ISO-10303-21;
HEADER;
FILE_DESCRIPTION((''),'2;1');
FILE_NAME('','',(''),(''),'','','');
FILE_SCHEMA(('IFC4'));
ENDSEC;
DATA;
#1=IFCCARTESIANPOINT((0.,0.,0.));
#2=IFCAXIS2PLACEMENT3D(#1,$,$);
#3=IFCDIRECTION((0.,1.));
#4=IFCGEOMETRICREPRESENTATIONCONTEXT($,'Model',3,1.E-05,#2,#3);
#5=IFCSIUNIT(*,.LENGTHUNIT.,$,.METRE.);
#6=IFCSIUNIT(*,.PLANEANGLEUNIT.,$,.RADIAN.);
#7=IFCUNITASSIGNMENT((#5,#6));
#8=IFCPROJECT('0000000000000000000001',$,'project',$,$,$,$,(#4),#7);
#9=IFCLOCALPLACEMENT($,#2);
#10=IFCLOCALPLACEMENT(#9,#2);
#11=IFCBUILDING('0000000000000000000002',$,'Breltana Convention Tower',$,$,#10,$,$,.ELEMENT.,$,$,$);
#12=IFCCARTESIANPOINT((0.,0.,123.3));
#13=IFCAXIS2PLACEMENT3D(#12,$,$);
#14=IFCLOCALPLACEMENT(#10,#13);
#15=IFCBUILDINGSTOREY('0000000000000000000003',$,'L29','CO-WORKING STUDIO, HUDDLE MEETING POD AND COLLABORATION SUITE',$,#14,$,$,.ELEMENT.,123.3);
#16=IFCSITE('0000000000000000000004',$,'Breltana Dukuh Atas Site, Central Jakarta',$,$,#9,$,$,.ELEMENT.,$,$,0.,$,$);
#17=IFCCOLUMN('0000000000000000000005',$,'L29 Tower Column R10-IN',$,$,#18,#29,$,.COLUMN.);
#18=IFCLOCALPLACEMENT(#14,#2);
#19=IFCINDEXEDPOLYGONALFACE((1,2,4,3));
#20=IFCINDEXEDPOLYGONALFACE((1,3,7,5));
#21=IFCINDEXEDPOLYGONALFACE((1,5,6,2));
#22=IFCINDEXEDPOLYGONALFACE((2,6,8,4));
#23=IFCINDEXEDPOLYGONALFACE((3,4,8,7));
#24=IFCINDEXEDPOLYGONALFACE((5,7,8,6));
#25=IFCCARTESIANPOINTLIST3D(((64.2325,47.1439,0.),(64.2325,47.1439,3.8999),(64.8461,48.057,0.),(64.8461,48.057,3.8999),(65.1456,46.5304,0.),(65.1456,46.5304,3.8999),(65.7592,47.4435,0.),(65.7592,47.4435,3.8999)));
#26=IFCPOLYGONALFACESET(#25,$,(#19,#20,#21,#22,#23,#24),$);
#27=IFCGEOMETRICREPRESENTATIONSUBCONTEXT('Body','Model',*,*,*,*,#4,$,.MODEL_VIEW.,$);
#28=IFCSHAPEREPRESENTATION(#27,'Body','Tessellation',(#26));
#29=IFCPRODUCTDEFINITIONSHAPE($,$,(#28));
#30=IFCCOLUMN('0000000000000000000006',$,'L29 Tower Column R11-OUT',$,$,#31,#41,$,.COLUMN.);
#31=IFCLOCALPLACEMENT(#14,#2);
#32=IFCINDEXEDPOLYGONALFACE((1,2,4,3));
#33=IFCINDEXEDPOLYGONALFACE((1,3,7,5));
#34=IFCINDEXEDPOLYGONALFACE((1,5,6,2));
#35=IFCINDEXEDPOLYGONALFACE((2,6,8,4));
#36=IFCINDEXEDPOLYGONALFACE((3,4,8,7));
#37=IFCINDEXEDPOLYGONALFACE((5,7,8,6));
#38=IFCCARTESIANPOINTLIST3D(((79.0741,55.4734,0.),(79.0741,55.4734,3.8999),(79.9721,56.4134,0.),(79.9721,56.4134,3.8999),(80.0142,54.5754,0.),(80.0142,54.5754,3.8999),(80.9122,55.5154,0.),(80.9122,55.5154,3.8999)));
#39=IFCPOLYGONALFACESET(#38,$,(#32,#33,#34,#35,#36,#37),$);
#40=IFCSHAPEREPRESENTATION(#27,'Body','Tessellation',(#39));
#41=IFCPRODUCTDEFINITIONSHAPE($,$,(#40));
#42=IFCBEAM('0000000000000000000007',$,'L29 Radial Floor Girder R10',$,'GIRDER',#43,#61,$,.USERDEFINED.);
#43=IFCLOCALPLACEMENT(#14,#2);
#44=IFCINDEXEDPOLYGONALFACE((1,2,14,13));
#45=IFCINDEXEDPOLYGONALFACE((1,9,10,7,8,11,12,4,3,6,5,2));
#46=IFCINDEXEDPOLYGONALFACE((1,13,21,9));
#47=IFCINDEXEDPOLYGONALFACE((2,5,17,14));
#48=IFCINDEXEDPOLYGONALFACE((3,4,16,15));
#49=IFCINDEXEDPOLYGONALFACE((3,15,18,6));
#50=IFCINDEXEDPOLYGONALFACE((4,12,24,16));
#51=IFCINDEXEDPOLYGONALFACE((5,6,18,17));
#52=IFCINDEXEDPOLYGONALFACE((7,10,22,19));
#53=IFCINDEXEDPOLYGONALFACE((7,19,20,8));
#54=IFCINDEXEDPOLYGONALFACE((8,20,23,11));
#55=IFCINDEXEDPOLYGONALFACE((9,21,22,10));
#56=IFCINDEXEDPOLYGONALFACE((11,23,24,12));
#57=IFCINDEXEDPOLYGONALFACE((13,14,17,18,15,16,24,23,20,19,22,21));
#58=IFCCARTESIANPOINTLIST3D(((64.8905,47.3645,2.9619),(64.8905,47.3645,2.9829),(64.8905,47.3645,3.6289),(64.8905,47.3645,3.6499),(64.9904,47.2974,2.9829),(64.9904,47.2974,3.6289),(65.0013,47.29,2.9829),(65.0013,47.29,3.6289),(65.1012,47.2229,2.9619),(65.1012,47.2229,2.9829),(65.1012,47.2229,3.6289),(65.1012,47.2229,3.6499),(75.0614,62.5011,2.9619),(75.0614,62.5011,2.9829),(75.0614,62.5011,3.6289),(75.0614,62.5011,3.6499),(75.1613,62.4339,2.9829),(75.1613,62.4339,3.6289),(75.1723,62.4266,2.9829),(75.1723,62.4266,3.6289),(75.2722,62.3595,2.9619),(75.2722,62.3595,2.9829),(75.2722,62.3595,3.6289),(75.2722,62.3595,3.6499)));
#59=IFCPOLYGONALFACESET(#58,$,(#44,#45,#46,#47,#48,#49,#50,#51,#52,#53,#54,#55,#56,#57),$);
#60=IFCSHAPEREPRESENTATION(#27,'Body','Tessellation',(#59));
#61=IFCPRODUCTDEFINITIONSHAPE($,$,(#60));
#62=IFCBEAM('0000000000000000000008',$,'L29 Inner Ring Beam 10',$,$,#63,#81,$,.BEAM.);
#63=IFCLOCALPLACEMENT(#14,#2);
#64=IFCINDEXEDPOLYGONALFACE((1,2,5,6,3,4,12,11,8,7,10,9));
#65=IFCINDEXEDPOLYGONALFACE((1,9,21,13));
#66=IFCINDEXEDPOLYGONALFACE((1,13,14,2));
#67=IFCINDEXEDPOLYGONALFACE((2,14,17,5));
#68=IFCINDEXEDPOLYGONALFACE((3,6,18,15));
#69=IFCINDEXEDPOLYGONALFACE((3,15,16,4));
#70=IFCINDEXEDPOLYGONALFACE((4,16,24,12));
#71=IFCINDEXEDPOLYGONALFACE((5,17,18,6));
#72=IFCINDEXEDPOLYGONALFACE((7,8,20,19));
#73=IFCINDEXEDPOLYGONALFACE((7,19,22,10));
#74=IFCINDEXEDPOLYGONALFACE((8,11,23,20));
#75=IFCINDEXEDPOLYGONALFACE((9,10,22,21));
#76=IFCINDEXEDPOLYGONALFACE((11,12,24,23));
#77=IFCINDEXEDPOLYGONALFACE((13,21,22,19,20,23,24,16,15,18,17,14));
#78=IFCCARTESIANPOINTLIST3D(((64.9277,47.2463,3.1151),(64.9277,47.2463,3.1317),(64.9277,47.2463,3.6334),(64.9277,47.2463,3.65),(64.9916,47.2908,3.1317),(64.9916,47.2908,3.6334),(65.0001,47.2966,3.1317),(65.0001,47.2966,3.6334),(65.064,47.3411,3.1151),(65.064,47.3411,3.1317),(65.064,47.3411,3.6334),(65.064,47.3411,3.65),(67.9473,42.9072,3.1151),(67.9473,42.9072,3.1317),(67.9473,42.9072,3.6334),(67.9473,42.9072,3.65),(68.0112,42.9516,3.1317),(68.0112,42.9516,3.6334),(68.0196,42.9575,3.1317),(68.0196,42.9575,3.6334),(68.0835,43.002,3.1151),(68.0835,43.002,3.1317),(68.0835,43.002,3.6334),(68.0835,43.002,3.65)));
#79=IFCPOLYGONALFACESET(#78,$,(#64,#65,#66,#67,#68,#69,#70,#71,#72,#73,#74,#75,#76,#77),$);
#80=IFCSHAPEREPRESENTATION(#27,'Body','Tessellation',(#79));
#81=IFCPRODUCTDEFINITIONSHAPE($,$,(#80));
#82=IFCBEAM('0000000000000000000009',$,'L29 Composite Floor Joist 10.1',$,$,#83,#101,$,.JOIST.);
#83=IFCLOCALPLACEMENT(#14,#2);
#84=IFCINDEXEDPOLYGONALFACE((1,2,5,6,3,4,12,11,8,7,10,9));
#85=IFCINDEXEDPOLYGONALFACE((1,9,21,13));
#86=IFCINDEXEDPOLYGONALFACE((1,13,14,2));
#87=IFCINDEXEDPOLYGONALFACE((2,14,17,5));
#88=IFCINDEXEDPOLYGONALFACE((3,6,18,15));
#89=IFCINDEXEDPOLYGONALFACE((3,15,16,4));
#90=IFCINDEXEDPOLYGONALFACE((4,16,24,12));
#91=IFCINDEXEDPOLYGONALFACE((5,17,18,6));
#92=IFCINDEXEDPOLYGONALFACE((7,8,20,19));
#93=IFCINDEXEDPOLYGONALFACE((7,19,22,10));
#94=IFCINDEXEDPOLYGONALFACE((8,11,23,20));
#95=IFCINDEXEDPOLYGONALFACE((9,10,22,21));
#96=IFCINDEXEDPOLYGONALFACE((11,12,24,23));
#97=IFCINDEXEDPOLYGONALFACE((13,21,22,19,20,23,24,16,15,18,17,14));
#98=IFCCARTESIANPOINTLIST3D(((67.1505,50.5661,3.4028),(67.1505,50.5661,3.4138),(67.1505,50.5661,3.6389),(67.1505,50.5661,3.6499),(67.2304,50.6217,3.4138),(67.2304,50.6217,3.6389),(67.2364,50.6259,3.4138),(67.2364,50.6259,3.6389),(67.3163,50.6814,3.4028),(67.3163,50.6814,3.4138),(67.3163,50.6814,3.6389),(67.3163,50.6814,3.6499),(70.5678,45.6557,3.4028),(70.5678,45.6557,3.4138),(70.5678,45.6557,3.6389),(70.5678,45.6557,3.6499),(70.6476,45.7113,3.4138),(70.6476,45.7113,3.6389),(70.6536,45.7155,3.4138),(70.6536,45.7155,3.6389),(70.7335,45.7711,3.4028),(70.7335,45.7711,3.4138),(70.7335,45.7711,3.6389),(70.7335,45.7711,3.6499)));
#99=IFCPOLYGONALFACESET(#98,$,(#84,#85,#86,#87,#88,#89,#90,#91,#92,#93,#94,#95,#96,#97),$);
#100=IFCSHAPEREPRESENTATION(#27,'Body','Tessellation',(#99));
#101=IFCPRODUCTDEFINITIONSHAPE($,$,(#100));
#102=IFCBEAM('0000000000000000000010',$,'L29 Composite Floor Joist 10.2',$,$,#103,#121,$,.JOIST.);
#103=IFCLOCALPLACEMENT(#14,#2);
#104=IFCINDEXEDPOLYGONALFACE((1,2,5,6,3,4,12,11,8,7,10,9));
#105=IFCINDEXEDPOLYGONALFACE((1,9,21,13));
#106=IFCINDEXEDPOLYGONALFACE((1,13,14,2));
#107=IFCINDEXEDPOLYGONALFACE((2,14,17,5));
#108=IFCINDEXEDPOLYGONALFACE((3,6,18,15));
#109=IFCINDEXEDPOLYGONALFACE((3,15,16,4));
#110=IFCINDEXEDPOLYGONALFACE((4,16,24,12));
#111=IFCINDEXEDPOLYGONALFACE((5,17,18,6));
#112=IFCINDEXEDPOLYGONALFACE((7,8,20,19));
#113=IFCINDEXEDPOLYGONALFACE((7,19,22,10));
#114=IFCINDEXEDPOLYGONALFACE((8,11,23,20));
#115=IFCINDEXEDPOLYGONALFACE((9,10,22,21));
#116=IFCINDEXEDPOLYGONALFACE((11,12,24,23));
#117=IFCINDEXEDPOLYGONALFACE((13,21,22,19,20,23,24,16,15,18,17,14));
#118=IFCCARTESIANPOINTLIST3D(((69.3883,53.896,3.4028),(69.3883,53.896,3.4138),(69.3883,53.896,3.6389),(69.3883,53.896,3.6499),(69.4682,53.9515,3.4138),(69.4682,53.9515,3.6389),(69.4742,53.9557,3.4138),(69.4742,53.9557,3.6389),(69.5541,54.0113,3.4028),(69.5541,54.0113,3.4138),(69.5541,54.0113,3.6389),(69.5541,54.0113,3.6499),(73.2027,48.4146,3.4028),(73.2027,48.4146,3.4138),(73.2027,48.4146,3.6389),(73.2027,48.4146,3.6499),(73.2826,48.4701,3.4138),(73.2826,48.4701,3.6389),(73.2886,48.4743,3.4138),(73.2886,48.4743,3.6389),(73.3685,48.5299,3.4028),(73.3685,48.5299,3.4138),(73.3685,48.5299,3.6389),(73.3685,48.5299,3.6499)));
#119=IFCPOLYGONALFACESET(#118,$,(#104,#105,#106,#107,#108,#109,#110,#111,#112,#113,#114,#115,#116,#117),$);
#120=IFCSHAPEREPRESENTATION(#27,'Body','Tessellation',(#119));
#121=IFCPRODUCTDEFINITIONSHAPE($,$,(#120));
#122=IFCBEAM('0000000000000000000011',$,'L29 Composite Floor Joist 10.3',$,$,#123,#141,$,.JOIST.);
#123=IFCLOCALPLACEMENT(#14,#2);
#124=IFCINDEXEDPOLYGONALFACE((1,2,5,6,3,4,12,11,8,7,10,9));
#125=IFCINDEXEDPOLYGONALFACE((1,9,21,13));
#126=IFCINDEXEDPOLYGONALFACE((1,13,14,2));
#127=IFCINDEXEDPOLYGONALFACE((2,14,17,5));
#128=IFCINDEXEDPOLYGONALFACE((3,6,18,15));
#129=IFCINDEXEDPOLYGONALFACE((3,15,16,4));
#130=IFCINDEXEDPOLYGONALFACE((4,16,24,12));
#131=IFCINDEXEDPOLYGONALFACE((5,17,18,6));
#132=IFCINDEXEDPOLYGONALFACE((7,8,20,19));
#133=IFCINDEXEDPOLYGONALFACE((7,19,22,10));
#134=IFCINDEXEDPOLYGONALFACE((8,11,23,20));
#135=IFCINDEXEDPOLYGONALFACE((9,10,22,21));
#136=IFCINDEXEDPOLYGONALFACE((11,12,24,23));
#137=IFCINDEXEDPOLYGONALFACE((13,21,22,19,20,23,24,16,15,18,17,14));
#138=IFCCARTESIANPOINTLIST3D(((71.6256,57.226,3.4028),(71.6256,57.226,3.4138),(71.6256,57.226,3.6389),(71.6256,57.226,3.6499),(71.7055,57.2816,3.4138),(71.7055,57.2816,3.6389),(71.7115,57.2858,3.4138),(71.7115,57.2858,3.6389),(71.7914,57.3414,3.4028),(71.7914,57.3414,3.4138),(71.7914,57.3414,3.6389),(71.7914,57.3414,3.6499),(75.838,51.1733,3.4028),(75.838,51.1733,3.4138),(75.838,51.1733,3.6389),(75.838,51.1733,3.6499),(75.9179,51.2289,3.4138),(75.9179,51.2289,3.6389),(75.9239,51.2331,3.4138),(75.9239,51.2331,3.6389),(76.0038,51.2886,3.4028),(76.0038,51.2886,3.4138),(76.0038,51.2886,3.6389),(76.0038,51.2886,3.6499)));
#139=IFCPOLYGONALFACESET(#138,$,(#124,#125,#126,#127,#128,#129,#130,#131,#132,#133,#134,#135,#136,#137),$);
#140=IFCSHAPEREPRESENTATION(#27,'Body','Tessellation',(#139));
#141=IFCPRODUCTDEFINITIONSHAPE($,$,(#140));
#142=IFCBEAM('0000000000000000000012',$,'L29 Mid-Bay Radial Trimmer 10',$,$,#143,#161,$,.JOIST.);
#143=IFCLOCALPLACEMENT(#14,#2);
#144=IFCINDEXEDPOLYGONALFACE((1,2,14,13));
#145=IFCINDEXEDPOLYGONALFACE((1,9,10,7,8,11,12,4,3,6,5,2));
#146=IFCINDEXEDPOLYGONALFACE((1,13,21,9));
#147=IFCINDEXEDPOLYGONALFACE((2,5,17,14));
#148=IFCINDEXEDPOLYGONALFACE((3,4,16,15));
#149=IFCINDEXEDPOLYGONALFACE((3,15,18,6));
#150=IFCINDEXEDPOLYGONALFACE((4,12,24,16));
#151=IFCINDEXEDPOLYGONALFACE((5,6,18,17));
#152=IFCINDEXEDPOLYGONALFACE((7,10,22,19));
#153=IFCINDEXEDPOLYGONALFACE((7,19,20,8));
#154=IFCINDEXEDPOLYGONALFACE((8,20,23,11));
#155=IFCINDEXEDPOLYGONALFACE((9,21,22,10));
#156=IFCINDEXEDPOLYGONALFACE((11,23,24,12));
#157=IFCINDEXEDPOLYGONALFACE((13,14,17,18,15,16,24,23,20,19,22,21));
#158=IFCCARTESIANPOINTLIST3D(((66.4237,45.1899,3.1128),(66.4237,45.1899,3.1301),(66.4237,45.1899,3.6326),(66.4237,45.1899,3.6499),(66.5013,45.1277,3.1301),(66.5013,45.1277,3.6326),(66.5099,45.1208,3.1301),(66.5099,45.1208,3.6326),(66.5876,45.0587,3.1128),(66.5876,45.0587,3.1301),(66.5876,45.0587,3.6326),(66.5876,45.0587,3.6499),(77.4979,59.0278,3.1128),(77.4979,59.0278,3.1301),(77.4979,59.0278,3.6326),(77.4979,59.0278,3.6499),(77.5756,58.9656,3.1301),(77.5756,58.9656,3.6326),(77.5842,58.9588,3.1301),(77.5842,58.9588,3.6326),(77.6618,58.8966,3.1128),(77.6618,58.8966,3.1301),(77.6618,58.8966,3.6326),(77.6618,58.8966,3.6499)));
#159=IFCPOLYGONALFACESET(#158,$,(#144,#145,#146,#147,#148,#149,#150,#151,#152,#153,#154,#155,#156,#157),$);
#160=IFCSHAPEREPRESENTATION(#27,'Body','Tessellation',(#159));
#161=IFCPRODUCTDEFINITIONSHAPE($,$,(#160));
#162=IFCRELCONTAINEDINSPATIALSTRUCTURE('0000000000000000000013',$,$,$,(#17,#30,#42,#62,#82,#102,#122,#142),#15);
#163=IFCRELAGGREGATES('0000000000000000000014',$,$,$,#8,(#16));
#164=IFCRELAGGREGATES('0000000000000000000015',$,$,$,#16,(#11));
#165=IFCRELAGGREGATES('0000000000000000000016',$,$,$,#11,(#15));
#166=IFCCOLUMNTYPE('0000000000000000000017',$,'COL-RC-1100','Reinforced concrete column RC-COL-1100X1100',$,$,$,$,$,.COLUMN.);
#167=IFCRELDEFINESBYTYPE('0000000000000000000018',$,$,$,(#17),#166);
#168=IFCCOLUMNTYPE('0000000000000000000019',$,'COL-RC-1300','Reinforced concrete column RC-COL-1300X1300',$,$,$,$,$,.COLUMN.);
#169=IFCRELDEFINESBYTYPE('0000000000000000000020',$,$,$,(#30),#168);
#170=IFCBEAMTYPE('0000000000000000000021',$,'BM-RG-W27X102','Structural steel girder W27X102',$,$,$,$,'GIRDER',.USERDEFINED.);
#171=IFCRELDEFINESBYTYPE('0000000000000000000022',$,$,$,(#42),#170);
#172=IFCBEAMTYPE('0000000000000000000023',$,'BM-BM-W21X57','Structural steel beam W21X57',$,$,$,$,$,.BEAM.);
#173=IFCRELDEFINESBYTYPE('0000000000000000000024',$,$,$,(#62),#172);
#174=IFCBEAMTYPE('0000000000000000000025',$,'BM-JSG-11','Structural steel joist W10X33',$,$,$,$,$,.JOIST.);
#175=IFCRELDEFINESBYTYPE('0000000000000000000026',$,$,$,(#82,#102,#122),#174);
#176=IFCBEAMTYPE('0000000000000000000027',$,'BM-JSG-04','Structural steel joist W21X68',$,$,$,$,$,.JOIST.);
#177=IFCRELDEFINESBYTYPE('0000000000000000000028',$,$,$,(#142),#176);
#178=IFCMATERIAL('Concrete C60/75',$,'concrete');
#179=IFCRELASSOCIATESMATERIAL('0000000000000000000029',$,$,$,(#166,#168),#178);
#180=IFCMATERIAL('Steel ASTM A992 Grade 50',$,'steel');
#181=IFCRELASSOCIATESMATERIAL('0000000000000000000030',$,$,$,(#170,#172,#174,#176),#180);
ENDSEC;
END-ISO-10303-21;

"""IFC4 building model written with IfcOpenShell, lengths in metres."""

from ifc_helpers import new_model, si_unit, direction, frame, origin, origin_2d, place, context, subcontext, project, spatial, rectangle, i_section, extrude, source, transform, mapped, material, material_profile, profile_set, type_object, element, save


model = new_model("IFC4")

# Units and contexts
model_context = context("Model", 3, precision=1e-05, world=origin(), true_north=direction((0.0, 1.0)))
body_context = subcontext(model_context, "Body", "Model", "MODEL_VIEW")
ifc_project = project(units=[si_unit("LENGTHUNIT", "METRE"), si_unit("PLANEANGLEUNIT", "RADIAN")], contexts=[model_context])

# Site, building, storey
site_placement = place(None, origin())
site = spatial("IfcSite", under=ifc_project, at=site_placement, Name="Breltana Dukuh Atas Site, Central Jakarta", CompositionType="ELEMENT", RefElevation=0.0)
building_placement = place(site_placement, origin())
building = spatial("IfcBuilding", under=site, at=building_placement, Name="Breltana Convention Tower", CompositionType="ELEMENT")
storey_placement = place(building_placement, frame((0.0, 0.0, 123.3)))
storey = spatial("IfcBuildingStorey", under=building, at=storey_placement, Name="L29", Description="CO-WORKING STUDIO, HUDDLE MEETING POD AND COLLABORATION SUITE", CompositionType="ELEMENT", Elevation=123.3)

# Columns
ifc_material_1 = material(Name="Concrete C60/75", Category="concrete")
ifc_material_profile_1 = material_profile(ifc_material_1, rectangle(XDim=1.1001, YDim=1.1001, at=origin_2d()), Name="RC-COL-1100X1100")
ifc_profile_set_1 = profile_set([ifc_material_profile_1], Name="Concrete C60/75")
column_type_1 = type_object("IfcColumnType", Name="COL-RC-1100", Description="Reinforced concrete column RC-COL-1100X1100", PredefinedType="COLUMN", material=ifc_profile_set_1)
shared_shape_1 = source(origin(), body_context, "Body", "SweptSolid", [
    extrude(rectangle(XDim=1.1001, YDim=1.1001, at=origin_2d()), origin(), (0.0, 0.0, 1.0), 3.8999),
])
column_1_placement = place(storey_placement, frame((64.9958, 47.2937, 0.0), z_axis=(0.0, 0.0, 1.0), x_axis=(0.557745, 0.830012, 0.0)))
element("IfcColumn", 1, at=column_1_placement, inside=storey, type_object=column_type_1, Name="L29 Tower Column R10-IN", PredefinedType="COLUMN", context=body_context, shape_type="MappedRepresentation", body=[
    mapped(shared_shape_1, transform((0.0, 0.0, 0.0), scale=1.0)),
])
ifc_material_profile_2 = material_profile(ifc_material_1, rectangle(XDim=1.3, YDim=1.3, at=origin_2d()), Name="RC-COL-1300X1300")
ifc_profile_set_2 = profile_set([ifc_material_profile_2], Name="Concrete C60/75")
column_type_2 = type_object("IfcColumnType", Name="COL-RC-1300", Description="Reinforced concrete column RC-COL-1300X1300", PredefinedType="COLUMN", material=ifc_profile_set_2)
shared_shape_2 = source(origin(), body_context, "Body", "SweptSolid", [
    extrude(rectangle(XDim=1.3, YDim=1.3, at=origin_2d()), origin(), (0.0, 0.0, 1.0), 3.8999),
])
column_2_placement = place(storey_placement, frame((79.9932, 55.4944, 0.0), z_axis=(0.0, 0.0, 1.0), x_axis=(0.690756, 0.723088, 0.0)))
element("IfcColumn", 2, at=column_2_placement, inside=storey, type_object=column_type_2, Name="L29 Tower Column R11-OUT", PredefinedType="COLUMN", context=body_context, shape_type="MappedRepresentation", body=[
    mapped(shared_shape_2, transform((0.0, 0.0, 0.0), scale=1.0)),
])

# Beams
ifc_material_2 = material(Name="Steel ASTM A992 Grade 50", Category="steel")
ifc_material_profile_3 = material_profile(ifc_material_2, i_section(OverallWidth=0.2539, OverallDepth=0.688, WebThickness=0.0132, FlangeThickness=0.021, at=origin_2d()), Name="W27X102")
ifc_profile_set_3 = profile_set([ifc_material_profile_3], Name="Steel ASTM A992 Grade 50")
beam_type_1 = type_object("IfcBeamType", Name="BM-RG-W27X102", Description="Structural steel girder W27X102", ElementType="GIRDER", PredefinedType="USERDEFINED", material=ifc_profile_set_3)
shared_shape_3 = source(origin(), body_context, "Body", "SweptSolid", [
    extrude(i_section(OverallWidth=0.2539, OverallDepth=0.688, WebThickness=0.0132, FlangeThickness=0.021, at=origin_2d()), origin(), (0.0, 0.0, 1.0), 18.2363),
])
beam_1_placement = place(storey_placement, frame((64.9958, 47.2937, 3.3059), z_axis=(0.55773, 0.830022, 0.0), x_axis=(-0.830022, 0.55773, 0.0)))
element("IfcBeam", 3, at=beam_1_placement, inside=storey, type_object=beam_type_1, Name="L29 Radial Floor Girder R10", ObjectType="GIRDER", PredefinedType="USERDEFINED", context=body_context, shape_type="MappedRepresentation", body=[
    mapped(shared_shape_3, transform((0.0, 0.0, 0.0), scale=1.0)),
])
ifc_material_profile_4 = material_profile(ifc_material_2, i_section(OverallWidth=0.166, OverallDepth=0.5349, WebThickness=0.0103, FlangeThickness=0.0166, at=origin_2d()), Name="W21X57")
ifc_profile_set_4 = profile_set([ifc_material_profile_4], Name="Steel ASTM A992 Grade 50")
beam_type_2 = type_object("IfcBeamType", Name="BM-BM-W21X57", Description="Structural steel beam W21X57", PredefinedType="BEAM", material=ifc_profile_set_4)
shared_shape_4 = source(origin(), body_context, "Body", "SweptSolid", [
    extrude(i_section(OverallWidth=0.166, OverallDepth=0.5349, WebThickness=0.0103, FlangeThickness=0.0166, at=origin_2d()), origin(), (0.0, 0.0, 1.0), 5.2864),
])
beam_2_placement = place(storey_placement, frame((64.9958, 47.2937, 3.3826), z_axis=(0.571194, -0.820815, 0.0), x_axis=(0.820815, 0.571194, 0.0)))
element("IfcBeam", 4, at=beam_2_placement, inside=storey, type_object=beam_type_2, Name="L29 Inner Ring Beam 10", PredefinedType="BEAM", context=body_context, shape_type="MappedRepresentation", body=[
    mapped(shared_shape_4, transform((0.0, 0.0, 0.0), scale=1.0)),
])
ifc_material_profile_5 = material_profile(ifc_material_2, i_section(OverallWidth=0.2019, OverallDepth=0.2471, WebThickness=0.0073, FlangeThickness=0.011, at=origin_2d()), Name="W10X33")
ifc_profile_set_5 = profile_set([ifc_material_profile_5], Name="Steel ASTM A992 Grade 50")
beam_type_3 = type_object("IfcBeamType", Name="BM-JSG-11", Description="Structural steel joist W10X33", PredefinedType="JOIST", material=ifc_profile_set_5)
shared_shape_5 = source(origin(), body_context, "Body", "SweptSolid", [
    extrude(i_section(OverallWidth=0.2019, OverallDepth=0.2471, WebThickness=0.0073, FlangeThickness=0.011, at=origin_2d()), origin(), (0.0, 0.0, 1.0), 5.9824),
])
beam_3_placement = place(storey_placement, frame((67.2334, 50.6238, 3.5264), z_axis=(0.571212, -0.820803, 0.0), x_axis=(0.820803, 0.571212, 0.0)))
element("IfcBeam", 5, at=beam_3_placement, inside=storey, type_object=beam_type_3, Name="L29 Composite Floor Joist 10.1", PredefinedType="JOIST", context=body_context, shape_type="MappedRepresentation", body=[
    mapped(shared_shape_5, transform((0.0, 0.0, 0.0), scale=1.0)),
])
shared_shape_6 = source(origin(), body_context, "Body", "SweptSolid", [
    extrude(i_section(OverallWidth=0.2019, OverallDepth=0.2471, WebThickness=0.0073, FlangeThickness=0.011, at=origin_2d()), origin(), (0.0, 0.0, 1.0), 6.678),
])
beam_4_placement = place(storey_placement, frame((69.4712, 53.9536, 3.5264), z_axis=(0.571193, -0.820816, 0.0), x_axis=(0.820816, 0.571193, 0.0)))
element("IfcBeam", 6, at=beam_4_placement, inside=storey, type_object=beam_type_3, Name="L29 Composite Floor Joist 10.2", PredefinedType="JOIST", context=body_context, shape_type="MappedRepresentation", body=[
    mapped(shared_shape_6, transform((0.0, 0.0, 0.0), scale=1.0)),
])
shared_shape_7 = source(origin(), body_context, "Body", "SweptSolid", [
    extrude(i_section(OverallWidth=0.2019, OverallDepth=0.2471, WebThickness=0.0073, FlangeThickness=0.011, at=origin_2d()), origin(), (0.0, 0.0, 1.0), 7.3743),
])
beam_5_placement = place(storey_placement, frame((71.7085, 57.2837, 3.5264), z_axis=(0.571229, -0.82079, 0.0), x_axis=(0.82079, 0.571229, 0.0)))
element("IfcBeam", 7, at=beam_5_placement, inside=storey, type_object=beam_type_3, Name="L29 Composite Floor Joist 10.3", PredefinedType="JOIST", context=body_context, shape_type="MappedRepresentation", body=[
    mapped(shared_shape_7, transform((0.0, 0.0, 0.0), scale=1.0)),
])
ifc_material_profile_6 = material_profile(ifc_material_2, i_section(OverallWidth=0.21, OverallDepth=0.5371, WebThickness=0.011, FlangeThickness=0.0173, at=origin_2d()), Name="W21X68")
ifc_profile_set_6 = profile_set([ifc_material_profile_6], Name="Steel ASTM A992 Grade 50")
beam_type_4 = type_object("IfcBeamType", Name="BM-JSG-04", Description="Structural steel joist W21X68", PredefinedType="JOIST", material=ifc_profile_set_6)
shared_shape_8 = source(origin(), body_context, "Body", "SweptSolid", [
    extrude(i_section(OverallWidth=0.21, OverallDepth=0.5371, WebThickness=0.011, FlangeThickness=0.0173, at=origin_2d()), origin(), (0.0, 0.0, 1.0), 17.7236),
])
beam_6_placement = place(storey_placement, frame((66.5056, 45.1243, 3.3813), z_axis=(0.624829, 0.780761, 0.0), x_axis=(-0.780761, 0.624829, 0.0)))
element("IfcBeam", 8, at=beam_6_placement, inside=storey, type_object=beam_type_4, Name="L29 Mid-Bay Radial Trimmer 10", PredefinedType="JOIST", context=body_context, shape_type="MappedRepresentation", body=[
    mapped(shared_shape_8, transform((0.0, 0.0, 0.0), scale=1.0)),
])

save(model, "model.ifc")
